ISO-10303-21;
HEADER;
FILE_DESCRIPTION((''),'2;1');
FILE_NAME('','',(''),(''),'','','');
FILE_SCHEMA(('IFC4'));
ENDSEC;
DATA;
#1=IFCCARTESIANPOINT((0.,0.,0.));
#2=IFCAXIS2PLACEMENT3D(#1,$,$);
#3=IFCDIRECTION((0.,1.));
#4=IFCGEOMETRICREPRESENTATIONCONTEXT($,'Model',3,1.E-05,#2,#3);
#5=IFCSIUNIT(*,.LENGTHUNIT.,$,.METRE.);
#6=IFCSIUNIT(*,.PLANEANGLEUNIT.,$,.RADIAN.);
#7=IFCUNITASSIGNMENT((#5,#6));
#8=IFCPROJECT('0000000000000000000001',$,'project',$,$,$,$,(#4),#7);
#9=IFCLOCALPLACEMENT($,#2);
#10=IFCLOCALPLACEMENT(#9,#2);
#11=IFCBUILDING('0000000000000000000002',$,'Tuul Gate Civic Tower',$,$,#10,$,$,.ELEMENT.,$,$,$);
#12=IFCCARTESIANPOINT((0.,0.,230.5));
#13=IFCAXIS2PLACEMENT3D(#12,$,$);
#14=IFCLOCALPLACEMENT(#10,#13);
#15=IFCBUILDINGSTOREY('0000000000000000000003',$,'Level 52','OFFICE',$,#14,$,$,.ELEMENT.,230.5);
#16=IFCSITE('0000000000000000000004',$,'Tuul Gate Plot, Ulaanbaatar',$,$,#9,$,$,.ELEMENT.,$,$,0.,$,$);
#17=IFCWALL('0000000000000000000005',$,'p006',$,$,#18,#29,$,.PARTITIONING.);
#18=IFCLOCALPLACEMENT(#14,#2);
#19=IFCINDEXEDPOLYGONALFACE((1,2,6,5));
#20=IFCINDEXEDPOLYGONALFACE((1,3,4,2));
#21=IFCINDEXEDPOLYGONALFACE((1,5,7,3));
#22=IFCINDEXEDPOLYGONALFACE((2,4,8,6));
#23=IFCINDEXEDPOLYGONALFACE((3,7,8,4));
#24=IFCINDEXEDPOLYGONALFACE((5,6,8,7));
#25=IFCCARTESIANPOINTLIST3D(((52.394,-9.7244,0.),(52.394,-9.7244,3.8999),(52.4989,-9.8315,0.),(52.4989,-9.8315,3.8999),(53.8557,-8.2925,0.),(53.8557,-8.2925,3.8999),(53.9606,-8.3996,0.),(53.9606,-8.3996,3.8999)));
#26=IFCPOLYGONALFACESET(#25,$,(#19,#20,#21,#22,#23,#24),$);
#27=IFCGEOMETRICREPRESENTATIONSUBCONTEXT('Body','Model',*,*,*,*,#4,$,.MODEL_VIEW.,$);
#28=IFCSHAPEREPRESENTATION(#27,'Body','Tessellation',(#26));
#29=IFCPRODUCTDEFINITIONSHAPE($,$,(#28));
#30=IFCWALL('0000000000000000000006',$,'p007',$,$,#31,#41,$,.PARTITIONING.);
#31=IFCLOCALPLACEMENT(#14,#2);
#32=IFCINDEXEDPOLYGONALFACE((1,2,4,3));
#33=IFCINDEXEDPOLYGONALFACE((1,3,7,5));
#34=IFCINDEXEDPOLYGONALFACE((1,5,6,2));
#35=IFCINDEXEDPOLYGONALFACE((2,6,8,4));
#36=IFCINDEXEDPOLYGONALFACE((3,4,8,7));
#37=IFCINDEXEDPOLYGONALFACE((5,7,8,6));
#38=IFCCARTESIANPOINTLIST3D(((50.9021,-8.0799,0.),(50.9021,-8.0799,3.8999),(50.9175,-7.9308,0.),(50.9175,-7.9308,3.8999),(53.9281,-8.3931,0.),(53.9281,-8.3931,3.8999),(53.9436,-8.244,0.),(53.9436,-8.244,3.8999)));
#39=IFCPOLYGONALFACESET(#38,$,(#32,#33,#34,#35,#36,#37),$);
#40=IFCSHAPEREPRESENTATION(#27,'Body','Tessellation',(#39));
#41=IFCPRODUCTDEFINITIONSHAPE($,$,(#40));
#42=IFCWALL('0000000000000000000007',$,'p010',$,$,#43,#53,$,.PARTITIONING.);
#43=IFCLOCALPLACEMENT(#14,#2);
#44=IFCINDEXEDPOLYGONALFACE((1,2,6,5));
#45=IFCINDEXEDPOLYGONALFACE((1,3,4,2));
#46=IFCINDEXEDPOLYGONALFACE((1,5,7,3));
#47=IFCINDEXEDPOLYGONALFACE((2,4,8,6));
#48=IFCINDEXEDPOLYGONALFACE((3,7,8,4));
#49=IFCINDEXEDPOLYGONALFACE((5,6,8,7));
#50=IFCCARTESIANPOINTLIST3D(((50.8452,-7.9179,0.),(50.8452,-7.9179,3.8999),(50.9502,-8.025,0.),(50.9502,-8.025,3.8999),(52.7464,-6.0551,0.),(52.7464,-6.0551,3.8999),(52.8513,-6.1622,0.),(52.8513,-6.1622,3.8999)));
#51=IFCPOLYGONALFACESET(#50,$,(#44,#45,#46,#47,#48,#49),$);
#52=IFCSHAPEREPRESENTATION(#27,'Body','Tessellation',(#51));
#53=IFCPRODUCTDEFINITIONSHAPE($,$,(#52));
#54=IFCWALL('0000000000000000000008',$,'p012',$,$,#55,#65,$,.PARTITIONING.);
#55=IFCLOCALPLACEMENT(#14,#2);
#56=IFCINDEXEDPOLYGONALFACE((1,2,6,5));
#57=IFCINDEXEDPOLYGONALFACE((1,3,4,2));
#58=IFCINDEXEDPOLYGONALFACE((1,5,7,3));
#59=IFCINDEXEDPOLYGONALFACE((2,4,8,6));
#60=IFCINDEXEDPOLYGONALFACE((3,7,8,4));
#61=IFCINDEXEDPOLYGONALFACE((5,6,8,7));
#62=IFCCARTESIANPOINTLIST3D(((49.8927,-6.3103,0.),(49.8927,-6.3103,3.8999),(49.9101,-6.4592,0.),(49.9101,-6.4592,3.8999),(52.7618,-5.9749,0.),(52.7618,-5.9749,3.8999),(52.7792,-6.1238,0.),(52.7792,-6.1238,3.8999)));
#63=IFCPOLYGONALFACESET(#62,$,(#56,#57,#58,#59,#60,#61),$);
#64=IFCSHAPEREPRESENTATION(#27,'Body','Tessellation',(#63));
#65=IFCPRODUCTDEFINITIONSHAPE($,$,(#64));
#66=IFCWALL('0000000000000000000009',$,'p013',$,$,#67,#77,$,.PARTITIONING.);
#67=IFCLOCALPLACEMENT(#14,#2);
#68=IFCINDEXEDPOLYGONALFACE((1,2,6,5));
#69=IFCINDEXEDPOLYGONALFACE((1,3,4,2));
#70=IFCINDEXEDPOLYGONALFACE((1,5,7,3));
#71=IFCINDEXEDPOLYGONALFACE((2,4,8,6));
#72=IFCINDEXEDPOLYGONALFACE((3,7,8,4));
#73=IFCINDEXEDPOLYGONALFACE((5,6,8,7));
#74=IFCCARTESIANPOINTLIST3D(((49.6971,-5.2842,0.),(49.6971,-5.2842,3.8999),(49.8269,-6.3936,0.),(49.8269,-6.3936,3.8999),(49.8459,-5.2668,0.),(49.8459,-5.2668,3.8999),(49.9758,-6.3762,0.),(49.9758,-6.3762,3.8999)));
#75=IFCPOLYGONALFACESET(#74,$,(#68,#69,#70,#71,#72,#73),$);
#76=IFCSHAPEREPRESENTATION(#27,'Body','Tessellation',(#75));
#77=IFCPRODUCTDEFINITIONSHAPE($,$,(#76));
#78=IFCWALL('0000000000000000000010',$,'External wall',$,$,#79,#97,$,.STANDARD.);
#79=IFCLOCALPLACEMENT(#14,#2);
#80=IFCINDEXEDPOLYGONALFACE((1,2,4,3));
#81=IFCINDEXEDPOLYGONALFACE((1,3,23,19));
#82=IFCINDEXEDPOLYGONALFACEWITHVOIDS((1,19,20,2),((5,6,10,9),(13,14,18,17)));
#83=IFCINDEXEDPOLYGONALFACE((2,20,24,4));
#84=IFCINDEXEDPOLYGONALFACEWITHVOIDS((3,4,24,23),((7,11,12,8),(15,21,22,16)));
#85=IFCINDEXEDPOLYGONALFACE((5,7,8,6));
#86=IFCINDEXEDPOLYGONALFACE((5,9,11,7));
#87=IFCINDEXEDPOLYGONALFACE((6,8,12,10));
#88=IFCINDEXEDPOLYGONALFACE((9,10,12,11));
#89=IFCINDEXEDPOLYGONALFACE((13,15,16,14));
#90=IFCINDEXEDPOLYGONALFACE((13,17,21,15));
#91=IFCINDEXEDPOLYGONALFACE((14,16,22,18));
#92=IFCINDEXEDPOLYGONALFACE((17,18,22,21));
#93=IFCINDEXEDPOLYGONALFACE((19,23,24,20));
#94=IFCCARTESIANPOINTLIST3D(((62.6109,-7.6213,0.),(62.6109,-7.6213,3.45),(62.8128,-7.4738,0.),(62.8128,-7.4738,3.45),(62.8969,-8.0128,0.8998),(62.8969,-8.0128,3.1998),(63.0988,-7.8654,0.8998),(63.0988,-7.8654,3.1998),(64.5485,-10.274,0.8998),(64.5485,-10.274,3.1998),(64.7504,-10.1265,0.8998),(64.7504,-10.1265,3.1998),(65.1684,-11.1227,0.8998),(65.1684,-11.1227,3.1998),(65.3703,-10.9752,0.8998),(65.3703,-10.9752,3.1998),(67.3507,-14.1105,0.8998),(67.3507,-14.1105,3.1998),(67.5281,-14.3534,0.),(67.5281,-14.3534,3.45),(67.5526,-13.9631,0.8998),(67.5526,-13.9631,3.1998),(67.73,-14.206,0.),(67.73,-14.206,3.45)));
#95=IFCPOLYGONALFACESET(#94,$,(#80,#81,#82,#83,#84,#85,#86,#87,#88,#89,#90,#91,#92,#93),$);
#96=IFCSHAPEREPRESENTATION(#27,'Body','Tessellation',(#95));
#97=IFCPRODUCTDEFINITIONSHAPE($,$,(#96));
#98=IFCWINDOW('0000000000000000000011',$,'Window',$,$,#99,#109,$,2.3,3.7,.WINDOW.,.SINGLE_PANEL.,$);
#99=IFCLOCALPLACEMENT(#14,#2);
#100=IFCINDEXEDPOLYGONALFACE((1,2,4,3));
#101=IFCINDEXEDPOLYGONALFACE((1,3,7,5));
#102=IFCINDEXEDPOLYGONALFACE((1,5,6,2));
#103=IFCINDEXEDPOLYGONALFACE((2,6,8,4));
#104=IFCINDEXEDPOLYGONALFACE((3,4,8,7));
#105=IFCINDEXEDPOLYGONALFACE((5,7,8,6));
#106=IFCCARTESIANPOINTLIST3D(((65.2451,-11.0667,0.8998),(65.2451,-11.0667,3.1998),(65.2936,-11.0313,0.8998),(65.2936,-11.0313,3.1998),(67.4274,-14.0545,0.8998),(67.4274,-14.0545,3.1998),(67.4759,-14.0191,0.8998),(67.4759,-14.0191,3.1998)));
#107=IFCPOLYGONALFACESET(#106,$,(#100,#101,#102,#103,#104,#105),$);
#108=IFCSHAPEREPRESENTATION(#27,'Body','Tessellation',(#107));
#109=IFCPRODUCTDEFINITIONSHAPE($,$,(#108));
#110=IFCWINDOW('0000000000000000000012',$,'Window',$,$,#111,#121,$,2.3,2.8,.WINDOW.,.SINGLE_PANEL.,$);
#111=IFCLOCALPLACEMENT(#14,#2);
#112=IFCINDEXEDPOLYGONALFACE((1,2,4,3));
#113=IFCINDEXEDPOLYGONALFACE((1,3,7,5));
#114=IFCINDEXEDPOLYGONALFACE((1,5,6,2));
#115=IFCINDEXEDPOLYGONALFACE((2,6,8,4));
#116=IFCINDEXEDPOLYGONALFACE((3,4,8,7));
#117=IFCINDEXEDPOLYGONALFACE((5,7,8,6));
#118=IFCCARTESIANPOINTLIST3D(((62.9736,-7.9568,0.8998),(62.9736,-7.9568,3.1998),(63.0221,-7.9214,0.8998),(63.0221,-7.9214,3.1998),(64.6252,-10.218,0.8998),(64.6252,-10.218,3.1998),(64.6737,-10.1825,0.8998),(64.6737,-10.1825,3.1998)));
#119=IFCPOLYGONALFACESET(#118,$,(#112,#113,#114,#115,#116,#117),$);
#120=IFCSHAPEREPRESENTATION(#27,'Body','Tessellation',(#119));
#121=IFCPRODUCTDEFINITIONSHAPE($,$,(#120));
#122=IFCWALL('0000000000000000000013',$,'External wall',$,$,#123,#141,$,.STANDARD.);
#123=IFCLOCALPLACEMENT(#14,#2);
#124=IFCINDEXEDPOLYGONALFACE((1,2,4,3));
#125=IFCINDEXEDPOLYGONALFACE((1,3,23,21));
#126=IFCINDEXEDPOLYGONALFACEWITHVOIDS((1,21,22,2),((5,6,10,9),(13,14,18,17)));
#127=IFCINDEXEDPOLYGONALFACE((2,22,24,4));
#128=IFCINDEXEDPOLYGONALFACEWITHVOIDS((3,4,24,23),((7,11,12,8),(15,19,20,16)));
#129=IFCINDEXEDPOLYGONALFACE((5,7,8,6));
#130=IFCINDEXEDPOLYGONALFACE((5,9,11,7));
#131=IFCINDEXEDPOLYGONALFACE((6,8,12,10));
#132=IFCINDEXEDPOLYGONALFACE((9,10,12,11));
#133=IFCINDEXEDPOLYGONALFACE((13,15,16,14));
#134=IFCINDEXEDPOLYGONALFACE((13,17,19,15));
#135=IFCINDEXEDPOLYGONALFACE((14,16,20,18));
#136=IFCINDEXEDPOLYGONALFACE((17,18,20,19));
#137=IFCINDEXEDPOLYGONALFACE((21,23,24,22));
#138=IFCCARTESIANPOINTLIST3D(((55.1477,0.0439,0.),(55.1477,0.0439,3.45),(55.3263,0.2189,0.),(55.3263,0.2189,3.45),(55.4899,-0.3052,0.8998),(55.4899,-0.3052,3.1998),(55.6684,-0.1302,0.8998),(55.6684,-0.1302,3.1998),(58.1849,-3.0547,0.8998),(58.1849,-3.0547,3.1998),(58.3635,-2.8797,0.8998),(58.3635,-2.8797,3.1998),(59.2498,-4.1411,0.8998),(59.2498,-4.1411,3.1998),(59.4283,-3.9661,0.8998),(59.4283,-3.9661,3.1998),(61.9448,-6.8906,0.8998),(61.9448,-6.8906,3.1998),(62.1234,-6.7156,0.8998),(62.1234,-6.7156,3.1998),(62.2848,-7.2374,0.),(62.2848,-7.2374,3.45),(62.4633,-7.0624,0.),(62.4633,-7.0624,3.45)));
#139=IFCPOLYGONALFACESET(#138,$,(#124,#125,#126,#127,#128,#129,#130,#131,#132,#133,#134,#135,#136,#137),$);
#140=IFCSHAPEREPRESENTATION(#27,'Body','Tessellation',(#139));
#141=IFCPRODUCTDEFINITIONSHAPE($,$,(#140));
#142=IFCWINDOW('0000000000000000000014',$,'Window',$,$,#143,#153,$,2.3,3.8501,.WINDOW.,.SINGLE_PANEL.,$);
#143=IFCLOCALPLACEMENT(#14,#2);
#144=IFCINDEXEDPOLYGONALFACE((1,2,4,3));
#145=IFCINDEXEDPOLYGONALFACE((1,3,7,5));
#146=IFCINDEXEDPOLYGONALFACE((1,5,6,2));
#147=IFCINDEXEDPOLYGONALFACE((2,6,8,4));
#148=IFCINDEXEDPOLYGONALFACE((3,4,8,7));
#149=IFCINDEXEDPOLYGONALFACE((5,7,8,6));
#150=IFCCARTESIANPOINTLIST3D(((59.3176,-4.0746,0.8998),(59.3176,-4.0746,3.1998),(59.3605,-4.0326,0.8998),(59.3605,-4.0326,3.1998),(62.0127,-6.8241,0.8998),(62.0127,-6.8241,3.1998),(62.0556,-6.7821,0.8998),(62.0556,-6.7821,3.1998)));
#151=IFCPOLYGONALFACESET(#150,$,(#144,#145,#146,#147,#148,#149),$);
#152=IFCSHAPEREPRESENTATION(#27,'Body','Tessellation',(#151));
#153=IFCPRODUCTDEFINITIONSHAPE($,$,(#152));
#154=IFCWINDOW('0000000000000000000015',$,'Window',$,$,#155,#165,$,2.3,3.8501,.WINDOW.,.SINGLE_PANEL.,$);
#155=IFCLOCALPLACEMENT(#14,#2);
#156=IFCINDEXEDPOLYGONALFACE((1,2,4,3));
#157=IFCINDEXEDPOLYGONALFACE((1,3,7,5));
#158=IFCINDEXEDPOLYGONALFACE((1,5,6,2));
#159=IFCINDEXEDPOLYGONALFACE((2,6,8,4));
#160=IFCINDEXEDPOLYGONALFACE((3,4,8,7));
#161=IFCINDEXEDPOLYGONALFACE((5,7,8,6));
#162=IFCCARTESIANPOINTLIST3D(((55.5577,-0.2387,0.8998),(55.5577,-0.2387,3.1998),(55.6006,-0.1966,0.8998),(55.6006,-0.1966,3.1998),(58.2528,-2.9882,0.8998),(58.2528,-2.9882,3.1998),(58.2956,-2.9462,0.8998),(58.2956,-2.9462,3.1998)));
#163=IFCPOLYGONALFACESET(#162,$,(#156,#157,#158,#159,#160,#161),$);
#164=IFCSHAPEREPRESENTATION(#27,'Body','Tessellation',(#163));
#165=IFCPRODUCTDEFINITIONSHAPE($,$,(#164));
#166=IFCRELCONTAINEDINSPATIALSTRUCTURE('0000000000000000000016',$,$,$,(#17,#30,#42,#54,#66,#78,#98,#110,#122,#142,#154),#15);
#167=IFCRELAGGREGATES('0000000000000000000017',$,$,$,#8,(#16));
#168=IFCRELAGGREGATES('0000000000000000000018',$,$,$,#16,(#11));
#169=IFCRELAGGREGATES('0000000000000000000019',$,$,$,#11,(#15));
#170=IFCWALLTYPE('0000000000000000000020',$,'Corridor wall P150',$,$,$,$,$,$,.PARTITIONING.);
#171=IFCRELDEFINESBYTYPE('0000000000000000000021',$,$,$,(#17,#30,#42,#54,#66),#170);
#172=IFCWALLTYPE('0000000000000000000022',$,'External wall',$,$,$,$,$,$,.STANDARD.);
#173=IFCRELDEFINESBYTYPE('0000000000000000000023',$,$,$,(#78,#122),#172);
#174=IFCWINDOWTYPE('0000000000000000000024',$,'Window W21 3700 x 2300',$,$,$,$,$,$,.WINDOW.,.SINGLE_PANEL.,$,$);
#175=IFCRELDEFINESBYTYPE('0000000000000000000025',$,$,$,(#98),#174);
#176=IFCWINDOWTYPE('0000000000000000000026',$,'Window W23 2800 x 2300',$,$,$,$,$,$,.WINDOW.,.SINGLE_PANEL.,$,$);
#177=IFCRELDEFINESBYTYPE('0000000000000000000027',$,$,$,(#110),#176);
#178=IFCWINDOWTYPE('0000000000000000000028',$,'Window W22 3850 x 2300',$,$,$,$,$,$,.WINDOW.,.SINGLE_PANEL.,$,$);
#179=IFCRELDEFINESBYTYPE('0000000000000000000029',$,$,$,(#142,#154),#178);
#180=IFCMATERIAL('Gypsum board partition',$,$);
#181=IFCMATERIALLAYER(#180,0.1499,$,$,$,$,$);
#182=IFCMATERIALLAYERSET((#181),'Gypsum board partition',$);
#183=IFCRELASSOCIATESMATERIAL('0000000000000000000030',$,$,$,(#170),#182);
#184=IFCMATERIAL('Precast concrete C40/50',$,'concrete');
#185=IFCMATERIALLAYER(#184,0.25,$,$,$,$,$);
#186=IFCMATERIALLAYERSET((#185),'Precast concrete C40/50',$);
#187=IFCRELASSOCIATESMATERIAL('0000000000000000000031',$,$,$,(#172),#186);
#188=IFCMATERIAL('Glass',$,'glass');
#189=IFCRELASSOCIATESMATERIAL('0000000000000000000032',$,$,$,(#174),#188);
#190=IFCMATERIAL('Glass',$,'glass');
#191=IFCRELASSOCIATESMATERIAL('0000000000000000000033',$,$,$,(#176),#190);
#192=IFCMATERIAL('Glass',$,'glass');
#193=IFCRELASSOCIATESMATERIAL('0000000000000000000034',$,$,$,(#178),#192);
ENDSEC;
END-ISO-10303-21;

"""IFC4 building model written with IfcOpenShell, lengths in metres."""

from ifc_helpers import new_model, si_unit, direction, frame, frame_2d, origin, place, context, subcontext, project, spatial, rectangle, extrude, material, layer, layer_set, type_object, element, fill, save


model = new_model("IFC4")

# Units and contexts
model_context = context("Model", 3, precision=1e-05, world=origin(), true_north=direction((0.0, 1.0)))
body_context = subcontext(model_context, "Body", "Model", "MODEL_VIEW")
ifc_project = project(units=[si_unit("LENGTHUNIT", "METRE"), si_unit("PLANEANGLEUNIT", "RADIAN")], contexts=[model_context])

# Site, building, storey
site_placement = place(None, origin())
site = spatial("IfcSite", under=ifc_project, at=site_placement, Name="Tuul Gate Plot, Ulaanbaatar", CompositionType="ELEMENT", RefElevation=0.0)
building_placement = place(site_placement, origin())
building = spatial("IfcBuilding", under=site, at=building_placement, Name="Tuul Gate Civic Tower", CompositionType="ELEMENT")
storey_placement = place(building_placement, frame((0.0, 0.0, 230.5)))
storey = spatial("IfcBuildingStorey", under=building, at=storey_placement, Name="Level 52", Description="OFFICE", CompositionType="ELEMENT", Elevation=230.5)

# Walls
ifc_material_1 = material(Name="Gypsum board partition")
ifc_layer_1 = layer(ifc_material_1, 0.1499)
ifc_layer_set_1 = layer_set([ifc_layer_1], Name="Gypsum board partition")
wall_type_1 = type_object("IfcWallType", Name="Corridor wall P150", PredefinedType="PARTITIONING", material=ifc_layer_set_1)
wall_1_placement = place(storey_placement, frame((52.4465, -9.7778, 0.0), z_axis=(0.0, 0.0, 1.0), x_axis=(0.714348, 0.699791, 0.0)))
element("IfcWall", 1, at=wall_1_placement, inside=storey, type_object=wall_type_1, Name="p006", PredefinedType="PARTITIONING", context=body_context, shape_type="SweptSolid", body=[
    extrude(rectangle(XDim=2.0461, YDim=0.1499, at=frame_2d((1.0229, 0.0))), origin(), (0.0, 0.0, 1.0), 3.8999),
])
wall_2_placement = place(storey_placement, frame((50.9099, -8.0054, 0.0), z_axis=(0.0, 0.0, 1.0), x_axis=(0.994686, -0.102959, 0.0)))
element("IfcWall", 2, at=wall_2_placement, inside=storey, type_object=wall_type_1, Name="p007", PredefinedType="PARTITIONING", context=body_context, shape_type="SweptSolid", body=[
    extrude(rectangle(XDim=3.0422, YDim=0.1499, at=frame_2d((1.521, 0.0))), origin(), (0.0, 0.0, 1.0), 3.8999),
])
wall_3_placement = place(storey_placement, frame((50.8977, -7.9714, 0.0), z_axis=(0.0, 0.0, 1.0), x_axis=(0.714271, 0.69987, 0.0)))
element("IfcWall", 3, at=wall_3_placement, inside=storey, type_object=wall_type_1, Name="p010", PredefinedType="PARTITIONING", context=body_context, shape_type="SweptSolid", body=[
    extrude(rectangle(XDim=2.6616, YDim=0.1499, at=frame_2d((1.3308, 0.0))), origin(), (0.0, 0.0, 1.0), 3.8999),
])
wall_4_placement = place(storey_placement, frame((49.9014, -6.3848, 0.0), z_axis=(0.0, 0.0, 1.0), x_axis=(0.993235, 0.116125, 0.0)))
element("IfcWall", 4, at=wall_4_placement, inside=storey, type_object=wall_type_1, Name="p012", PredefinedType="PARTITIONING", context=body_context, shape_type="SweptSolid", body=[
    extrude(rectangle(XDim=2.8887, YDim=0.1499, at=frame_2d((1.4443, 0.0))), origin(), (0.0, 0.0, 1.0), 3.8999),
])
wall_5_placement = place(storey_placement, frame((49.7715, -5.2754, 0.0), z_axis=(0.0, 0.0, 1.0), x_axis=(0.116283, -0.993216, 0.0)))
element("IfcWall", 5, at=wall_5_placement, inside=storey, type_object=wall_type_1, Name="p013", PredefinedType="PARTITIONING", context=body_context, shape_type="SweptSolid", body=[
    extrude(rectangle(XDim=1.1169, YDim=0.1499, at=frame_2d((0.5586, 0.0))), origin(), (0.0, 0.0, 1.0), 3.8999),
])

# Walls, openings, windows
ifc_material_2 = material(Name="Precast concrete C40/50", Category="concrete")
ifc_layer_2 = layer(ifc_material_2, 0.25)
ifc_layer_set_2 = layer_set([ifc_layer_2], Name="Precast concrete C40/50")
wall_type_2 = type_object("IfcWallType", Name="External wall", PredefinedType="STANDARD", material=ifc_layer_set_2)
wall_6_placement = place(storey_placement, frame((67.6292, -14.2798, 0.0), z_axis=(0.0, 0.0, 1.0), x_axis=(-0.589826, 0.80753, 0.0)))
wall_6 = element("IfcWall", 6, at=wall_6_placement, inside=storey, type_object=wall_type_2, Name="External wall", PredefinedType="STANDARD", context=body_context, shape_type="SweptSolid", body=[
    extrude(rectangle(XDim=8.3367, YDim=0.25, at=frame_2d((4.1685, 0.0))), origin(), (0.0, 0.0, 1.0), 3.45),
])
opening_1_placement = place(wall_6_placement, frame((0.3008, 0.0, 0.8999)))
opening_1 = element("IfcOpeningElement", 7, at=opening_1_placement, cuts=wall_6, PredefinedType="OPENING", context=body_context, shape_type="SweptSolid", body=[
    extrude(rectangle(XDim=3.7, YDim=2.3, at=frame_2d((1.8501, 1.1499))), frame((0.0, 0.135, 0.0), z_axis=(0.0, -1.0, 0.0), x_axis=(1.0, 0.0, 0.0)), (0.0, 0.0, 1.0), 0.27),
])
opening_2_placement = place(wall_6_placement, frame((5.052, 0.0, 0.8999)))
opening_2 = element("IfcOpeningElement", 8, at=opening_2_placement, cuts=wall_6, PredefinedType="OPENING", context=body_context, shape_type="SweptSolid", body=[
    extrude(rectangle(XDim=2.8, YDim=2.3, at=frame_2d((1.3999, 1.1499))), frame((0.0, 0.135, 0.0), z_axis=(0.0, -1.0, 0.0), x_axis=(1.0, 0.0, 0.0)), (0.0, 0.0, 1.0), 0.27),
])
ifc_material_3 = material(Name="Glass", Category="glass")
window_type_1 = type_object("IfcWindowType", Name="Window W21 3700 x 2300", PartitioningType="SINGLE_PANEL", PredefinedType="WINDOW", material=ifc_material_3)
window_1_placement = place(opening_1_placement, origin())
window_1 = element("IfcWindow", 9, at=window_1_placement, inside=storey, type_object=window_type_1, Name="Window", OverallHeight=2.3, OverallWidth=3.7, PartitioningType="SINGLE_PANEL", PredefinedType="WINDOW", context=body_context, shape_type="SweptSolid", body=[
    extrude(rectangle(XDim=3.7, YDim=2.3, at=frame_2d((1.8501, 1.1499))), frame((0.0, 0.03, 0.0), z_axis=(0.0, -1.0, 0.0), x_axis=(1.0, 0.0, 0.0)), (0.0, 0.0, 1.0), 0.0601),
])
fill(opening_1, window_1)
ifc_material_4 = material(Name="Glass", Category="glass")
window_type_2 = type_object("IfcWindowType", Name="Window W23 2800 x 2300", PartitioningType="SINGLE_PANEL", PredefinedType="WINDOW", material=ifc_material_4)
window_2_placement = place(opening_2_placement, origin())
window_2 = element("IfcWindow", 10, at=window_2_placement, inside=storey, type_object=window_type_2, Name="Window", OverallHeight=2.3, OverallWidth=2.8, PartitioningType="SINGLE_PANEL", PredefinedType="WINDOW", context=body_context, shape_type="SweptSolid", body=[
    extrude(rectangle(XDim=2.8, YDim=2.3, at=frame_2d((1.3999, 1.1499))), frame((0.0, 0.03, 0.0), z_axis=(0.0, -1.0, 0.0), x_axis=(1.0, 0.0, 0.0)), (0.0, 0.0, 1.0), 0.0601),
])
fill(opening_2, window_2)
wall_7_placement = place(storey_placement, frame((62.374, -7.1499, 0.0), z_axis=(0.0, 0.0, 1.0), x_axis=(-0.699996, 0.714147, 0.0)))
wall_7 = element("IfcWall", 11, at=wall_7_placement, inside=storey, type_object=wall_type_2, Name="External wall", PredefinedType="STANDARD", context=body_context, shape_type="SweptSolid", body=[
    extrude(rectangle(XDim=10.1958, YDim=0.25, at=frame_2d((5.0979, 0.0))), origin(), (0.0, 0.0, 1.0), 3.45),
])
opening_3_placement = place(wall_7_placement, frame((0.4856, 0.0, 0.8999)))
opening_3 = element("IfcOpeningElement", 12, at=opening_3_placement, cuts=wall_7, PredefinedType="OPENING", context=body_context, shape_type="SweptSolid", body=[
    extrude(rectangle(XDim=3.8501, YDim=2.3, at=frame_2d((1.925, 1.1499))), frame((0.0, 0.135, 0.0), z_axis=(0.0, -1.0, 0.0), x_axis=(1.0, 0.0, 0.0)), (0.0, 0.0, 1.0), 0.27),
])
opening_4_placement = place(wall_7_placement, frame((5.8569, 0.0, 0.8999)))
opening_4 = element("IfcOpeningElement", 13, at=opening_4_placement, cuts=wall_7, PredefinedType="OPENING", context=body_context, shape_type="SweptSolid", body=[
    extrude(rectangle(XDim=3.8501, YDim=2.3, at=frame_2d((1.925, 1.1499))), frame((0.0, 0.135, 0.0), z_axis=(0.0, -1.0, 0.0), x_axis=(1.0, 0.0, 0.0)), (0.0, 0.0, 1.0), 0.27),
])
ifc_material_5 = material(Name="Glass", Category="glass")
window_type_3 = type_object("IfcWindowType", Name="Window W22 3850 x 2300", PartitioningType="SINGLE_PANEL", PredefinedType="WINDOW", material=ifc_material_5)
window_3_placement = place(opening_3_placement, origin())
window_3 = element("IfcWindow", 14, at=window_3_placement, inside=storey, type_object=window_type_3, Name="Window", OverallHeight=2.3, OverallWidth=3.8501, PartitioningType="SINGLE_PANEL", PredefinedType="WINDOW", context=body_context, shape_type="SweptSolid", body=[
    extrude(rectangle(XDim=3.8501, YDim=2.3, at=frame_2d((1.925, 1.1499))), frame((0.0, 0.03, 0.0), z_axis=(0.0, -1.0, 0.0), x_axis=(1.0, 0.0, 0.0)), (0.0, 0.0, 1.0), 0.0601),
])
fill(opening_3, window_3)
window_4_placement = place(opening_4_placement, origin())
window_4 = element("IfcWindow", 15, at=window_4_placement, inside=storey, type_object=window_type_3, Name="Window", OverallHeight=2.3, OverallWidth=3.8501, PartitioningType="SINGLE_PANEL", PredefinedType="WINDOW", context=body_context, shape_type="SweptSolid", body=[
    extrude(rectangle(XDim=3.8501, YDim=2.3, at=frame_2d((1.925, 1.1499))), frame((0.0, 0.03, 0.0), z_axis=(0.0, -1.0, 0.0), x_axis=(1.0, 0.0, 0.0)), (0.0, 0.0, 1.0), 0.0601),
])
fill(opening_4, window_4)

save(model, "model.ifc")
